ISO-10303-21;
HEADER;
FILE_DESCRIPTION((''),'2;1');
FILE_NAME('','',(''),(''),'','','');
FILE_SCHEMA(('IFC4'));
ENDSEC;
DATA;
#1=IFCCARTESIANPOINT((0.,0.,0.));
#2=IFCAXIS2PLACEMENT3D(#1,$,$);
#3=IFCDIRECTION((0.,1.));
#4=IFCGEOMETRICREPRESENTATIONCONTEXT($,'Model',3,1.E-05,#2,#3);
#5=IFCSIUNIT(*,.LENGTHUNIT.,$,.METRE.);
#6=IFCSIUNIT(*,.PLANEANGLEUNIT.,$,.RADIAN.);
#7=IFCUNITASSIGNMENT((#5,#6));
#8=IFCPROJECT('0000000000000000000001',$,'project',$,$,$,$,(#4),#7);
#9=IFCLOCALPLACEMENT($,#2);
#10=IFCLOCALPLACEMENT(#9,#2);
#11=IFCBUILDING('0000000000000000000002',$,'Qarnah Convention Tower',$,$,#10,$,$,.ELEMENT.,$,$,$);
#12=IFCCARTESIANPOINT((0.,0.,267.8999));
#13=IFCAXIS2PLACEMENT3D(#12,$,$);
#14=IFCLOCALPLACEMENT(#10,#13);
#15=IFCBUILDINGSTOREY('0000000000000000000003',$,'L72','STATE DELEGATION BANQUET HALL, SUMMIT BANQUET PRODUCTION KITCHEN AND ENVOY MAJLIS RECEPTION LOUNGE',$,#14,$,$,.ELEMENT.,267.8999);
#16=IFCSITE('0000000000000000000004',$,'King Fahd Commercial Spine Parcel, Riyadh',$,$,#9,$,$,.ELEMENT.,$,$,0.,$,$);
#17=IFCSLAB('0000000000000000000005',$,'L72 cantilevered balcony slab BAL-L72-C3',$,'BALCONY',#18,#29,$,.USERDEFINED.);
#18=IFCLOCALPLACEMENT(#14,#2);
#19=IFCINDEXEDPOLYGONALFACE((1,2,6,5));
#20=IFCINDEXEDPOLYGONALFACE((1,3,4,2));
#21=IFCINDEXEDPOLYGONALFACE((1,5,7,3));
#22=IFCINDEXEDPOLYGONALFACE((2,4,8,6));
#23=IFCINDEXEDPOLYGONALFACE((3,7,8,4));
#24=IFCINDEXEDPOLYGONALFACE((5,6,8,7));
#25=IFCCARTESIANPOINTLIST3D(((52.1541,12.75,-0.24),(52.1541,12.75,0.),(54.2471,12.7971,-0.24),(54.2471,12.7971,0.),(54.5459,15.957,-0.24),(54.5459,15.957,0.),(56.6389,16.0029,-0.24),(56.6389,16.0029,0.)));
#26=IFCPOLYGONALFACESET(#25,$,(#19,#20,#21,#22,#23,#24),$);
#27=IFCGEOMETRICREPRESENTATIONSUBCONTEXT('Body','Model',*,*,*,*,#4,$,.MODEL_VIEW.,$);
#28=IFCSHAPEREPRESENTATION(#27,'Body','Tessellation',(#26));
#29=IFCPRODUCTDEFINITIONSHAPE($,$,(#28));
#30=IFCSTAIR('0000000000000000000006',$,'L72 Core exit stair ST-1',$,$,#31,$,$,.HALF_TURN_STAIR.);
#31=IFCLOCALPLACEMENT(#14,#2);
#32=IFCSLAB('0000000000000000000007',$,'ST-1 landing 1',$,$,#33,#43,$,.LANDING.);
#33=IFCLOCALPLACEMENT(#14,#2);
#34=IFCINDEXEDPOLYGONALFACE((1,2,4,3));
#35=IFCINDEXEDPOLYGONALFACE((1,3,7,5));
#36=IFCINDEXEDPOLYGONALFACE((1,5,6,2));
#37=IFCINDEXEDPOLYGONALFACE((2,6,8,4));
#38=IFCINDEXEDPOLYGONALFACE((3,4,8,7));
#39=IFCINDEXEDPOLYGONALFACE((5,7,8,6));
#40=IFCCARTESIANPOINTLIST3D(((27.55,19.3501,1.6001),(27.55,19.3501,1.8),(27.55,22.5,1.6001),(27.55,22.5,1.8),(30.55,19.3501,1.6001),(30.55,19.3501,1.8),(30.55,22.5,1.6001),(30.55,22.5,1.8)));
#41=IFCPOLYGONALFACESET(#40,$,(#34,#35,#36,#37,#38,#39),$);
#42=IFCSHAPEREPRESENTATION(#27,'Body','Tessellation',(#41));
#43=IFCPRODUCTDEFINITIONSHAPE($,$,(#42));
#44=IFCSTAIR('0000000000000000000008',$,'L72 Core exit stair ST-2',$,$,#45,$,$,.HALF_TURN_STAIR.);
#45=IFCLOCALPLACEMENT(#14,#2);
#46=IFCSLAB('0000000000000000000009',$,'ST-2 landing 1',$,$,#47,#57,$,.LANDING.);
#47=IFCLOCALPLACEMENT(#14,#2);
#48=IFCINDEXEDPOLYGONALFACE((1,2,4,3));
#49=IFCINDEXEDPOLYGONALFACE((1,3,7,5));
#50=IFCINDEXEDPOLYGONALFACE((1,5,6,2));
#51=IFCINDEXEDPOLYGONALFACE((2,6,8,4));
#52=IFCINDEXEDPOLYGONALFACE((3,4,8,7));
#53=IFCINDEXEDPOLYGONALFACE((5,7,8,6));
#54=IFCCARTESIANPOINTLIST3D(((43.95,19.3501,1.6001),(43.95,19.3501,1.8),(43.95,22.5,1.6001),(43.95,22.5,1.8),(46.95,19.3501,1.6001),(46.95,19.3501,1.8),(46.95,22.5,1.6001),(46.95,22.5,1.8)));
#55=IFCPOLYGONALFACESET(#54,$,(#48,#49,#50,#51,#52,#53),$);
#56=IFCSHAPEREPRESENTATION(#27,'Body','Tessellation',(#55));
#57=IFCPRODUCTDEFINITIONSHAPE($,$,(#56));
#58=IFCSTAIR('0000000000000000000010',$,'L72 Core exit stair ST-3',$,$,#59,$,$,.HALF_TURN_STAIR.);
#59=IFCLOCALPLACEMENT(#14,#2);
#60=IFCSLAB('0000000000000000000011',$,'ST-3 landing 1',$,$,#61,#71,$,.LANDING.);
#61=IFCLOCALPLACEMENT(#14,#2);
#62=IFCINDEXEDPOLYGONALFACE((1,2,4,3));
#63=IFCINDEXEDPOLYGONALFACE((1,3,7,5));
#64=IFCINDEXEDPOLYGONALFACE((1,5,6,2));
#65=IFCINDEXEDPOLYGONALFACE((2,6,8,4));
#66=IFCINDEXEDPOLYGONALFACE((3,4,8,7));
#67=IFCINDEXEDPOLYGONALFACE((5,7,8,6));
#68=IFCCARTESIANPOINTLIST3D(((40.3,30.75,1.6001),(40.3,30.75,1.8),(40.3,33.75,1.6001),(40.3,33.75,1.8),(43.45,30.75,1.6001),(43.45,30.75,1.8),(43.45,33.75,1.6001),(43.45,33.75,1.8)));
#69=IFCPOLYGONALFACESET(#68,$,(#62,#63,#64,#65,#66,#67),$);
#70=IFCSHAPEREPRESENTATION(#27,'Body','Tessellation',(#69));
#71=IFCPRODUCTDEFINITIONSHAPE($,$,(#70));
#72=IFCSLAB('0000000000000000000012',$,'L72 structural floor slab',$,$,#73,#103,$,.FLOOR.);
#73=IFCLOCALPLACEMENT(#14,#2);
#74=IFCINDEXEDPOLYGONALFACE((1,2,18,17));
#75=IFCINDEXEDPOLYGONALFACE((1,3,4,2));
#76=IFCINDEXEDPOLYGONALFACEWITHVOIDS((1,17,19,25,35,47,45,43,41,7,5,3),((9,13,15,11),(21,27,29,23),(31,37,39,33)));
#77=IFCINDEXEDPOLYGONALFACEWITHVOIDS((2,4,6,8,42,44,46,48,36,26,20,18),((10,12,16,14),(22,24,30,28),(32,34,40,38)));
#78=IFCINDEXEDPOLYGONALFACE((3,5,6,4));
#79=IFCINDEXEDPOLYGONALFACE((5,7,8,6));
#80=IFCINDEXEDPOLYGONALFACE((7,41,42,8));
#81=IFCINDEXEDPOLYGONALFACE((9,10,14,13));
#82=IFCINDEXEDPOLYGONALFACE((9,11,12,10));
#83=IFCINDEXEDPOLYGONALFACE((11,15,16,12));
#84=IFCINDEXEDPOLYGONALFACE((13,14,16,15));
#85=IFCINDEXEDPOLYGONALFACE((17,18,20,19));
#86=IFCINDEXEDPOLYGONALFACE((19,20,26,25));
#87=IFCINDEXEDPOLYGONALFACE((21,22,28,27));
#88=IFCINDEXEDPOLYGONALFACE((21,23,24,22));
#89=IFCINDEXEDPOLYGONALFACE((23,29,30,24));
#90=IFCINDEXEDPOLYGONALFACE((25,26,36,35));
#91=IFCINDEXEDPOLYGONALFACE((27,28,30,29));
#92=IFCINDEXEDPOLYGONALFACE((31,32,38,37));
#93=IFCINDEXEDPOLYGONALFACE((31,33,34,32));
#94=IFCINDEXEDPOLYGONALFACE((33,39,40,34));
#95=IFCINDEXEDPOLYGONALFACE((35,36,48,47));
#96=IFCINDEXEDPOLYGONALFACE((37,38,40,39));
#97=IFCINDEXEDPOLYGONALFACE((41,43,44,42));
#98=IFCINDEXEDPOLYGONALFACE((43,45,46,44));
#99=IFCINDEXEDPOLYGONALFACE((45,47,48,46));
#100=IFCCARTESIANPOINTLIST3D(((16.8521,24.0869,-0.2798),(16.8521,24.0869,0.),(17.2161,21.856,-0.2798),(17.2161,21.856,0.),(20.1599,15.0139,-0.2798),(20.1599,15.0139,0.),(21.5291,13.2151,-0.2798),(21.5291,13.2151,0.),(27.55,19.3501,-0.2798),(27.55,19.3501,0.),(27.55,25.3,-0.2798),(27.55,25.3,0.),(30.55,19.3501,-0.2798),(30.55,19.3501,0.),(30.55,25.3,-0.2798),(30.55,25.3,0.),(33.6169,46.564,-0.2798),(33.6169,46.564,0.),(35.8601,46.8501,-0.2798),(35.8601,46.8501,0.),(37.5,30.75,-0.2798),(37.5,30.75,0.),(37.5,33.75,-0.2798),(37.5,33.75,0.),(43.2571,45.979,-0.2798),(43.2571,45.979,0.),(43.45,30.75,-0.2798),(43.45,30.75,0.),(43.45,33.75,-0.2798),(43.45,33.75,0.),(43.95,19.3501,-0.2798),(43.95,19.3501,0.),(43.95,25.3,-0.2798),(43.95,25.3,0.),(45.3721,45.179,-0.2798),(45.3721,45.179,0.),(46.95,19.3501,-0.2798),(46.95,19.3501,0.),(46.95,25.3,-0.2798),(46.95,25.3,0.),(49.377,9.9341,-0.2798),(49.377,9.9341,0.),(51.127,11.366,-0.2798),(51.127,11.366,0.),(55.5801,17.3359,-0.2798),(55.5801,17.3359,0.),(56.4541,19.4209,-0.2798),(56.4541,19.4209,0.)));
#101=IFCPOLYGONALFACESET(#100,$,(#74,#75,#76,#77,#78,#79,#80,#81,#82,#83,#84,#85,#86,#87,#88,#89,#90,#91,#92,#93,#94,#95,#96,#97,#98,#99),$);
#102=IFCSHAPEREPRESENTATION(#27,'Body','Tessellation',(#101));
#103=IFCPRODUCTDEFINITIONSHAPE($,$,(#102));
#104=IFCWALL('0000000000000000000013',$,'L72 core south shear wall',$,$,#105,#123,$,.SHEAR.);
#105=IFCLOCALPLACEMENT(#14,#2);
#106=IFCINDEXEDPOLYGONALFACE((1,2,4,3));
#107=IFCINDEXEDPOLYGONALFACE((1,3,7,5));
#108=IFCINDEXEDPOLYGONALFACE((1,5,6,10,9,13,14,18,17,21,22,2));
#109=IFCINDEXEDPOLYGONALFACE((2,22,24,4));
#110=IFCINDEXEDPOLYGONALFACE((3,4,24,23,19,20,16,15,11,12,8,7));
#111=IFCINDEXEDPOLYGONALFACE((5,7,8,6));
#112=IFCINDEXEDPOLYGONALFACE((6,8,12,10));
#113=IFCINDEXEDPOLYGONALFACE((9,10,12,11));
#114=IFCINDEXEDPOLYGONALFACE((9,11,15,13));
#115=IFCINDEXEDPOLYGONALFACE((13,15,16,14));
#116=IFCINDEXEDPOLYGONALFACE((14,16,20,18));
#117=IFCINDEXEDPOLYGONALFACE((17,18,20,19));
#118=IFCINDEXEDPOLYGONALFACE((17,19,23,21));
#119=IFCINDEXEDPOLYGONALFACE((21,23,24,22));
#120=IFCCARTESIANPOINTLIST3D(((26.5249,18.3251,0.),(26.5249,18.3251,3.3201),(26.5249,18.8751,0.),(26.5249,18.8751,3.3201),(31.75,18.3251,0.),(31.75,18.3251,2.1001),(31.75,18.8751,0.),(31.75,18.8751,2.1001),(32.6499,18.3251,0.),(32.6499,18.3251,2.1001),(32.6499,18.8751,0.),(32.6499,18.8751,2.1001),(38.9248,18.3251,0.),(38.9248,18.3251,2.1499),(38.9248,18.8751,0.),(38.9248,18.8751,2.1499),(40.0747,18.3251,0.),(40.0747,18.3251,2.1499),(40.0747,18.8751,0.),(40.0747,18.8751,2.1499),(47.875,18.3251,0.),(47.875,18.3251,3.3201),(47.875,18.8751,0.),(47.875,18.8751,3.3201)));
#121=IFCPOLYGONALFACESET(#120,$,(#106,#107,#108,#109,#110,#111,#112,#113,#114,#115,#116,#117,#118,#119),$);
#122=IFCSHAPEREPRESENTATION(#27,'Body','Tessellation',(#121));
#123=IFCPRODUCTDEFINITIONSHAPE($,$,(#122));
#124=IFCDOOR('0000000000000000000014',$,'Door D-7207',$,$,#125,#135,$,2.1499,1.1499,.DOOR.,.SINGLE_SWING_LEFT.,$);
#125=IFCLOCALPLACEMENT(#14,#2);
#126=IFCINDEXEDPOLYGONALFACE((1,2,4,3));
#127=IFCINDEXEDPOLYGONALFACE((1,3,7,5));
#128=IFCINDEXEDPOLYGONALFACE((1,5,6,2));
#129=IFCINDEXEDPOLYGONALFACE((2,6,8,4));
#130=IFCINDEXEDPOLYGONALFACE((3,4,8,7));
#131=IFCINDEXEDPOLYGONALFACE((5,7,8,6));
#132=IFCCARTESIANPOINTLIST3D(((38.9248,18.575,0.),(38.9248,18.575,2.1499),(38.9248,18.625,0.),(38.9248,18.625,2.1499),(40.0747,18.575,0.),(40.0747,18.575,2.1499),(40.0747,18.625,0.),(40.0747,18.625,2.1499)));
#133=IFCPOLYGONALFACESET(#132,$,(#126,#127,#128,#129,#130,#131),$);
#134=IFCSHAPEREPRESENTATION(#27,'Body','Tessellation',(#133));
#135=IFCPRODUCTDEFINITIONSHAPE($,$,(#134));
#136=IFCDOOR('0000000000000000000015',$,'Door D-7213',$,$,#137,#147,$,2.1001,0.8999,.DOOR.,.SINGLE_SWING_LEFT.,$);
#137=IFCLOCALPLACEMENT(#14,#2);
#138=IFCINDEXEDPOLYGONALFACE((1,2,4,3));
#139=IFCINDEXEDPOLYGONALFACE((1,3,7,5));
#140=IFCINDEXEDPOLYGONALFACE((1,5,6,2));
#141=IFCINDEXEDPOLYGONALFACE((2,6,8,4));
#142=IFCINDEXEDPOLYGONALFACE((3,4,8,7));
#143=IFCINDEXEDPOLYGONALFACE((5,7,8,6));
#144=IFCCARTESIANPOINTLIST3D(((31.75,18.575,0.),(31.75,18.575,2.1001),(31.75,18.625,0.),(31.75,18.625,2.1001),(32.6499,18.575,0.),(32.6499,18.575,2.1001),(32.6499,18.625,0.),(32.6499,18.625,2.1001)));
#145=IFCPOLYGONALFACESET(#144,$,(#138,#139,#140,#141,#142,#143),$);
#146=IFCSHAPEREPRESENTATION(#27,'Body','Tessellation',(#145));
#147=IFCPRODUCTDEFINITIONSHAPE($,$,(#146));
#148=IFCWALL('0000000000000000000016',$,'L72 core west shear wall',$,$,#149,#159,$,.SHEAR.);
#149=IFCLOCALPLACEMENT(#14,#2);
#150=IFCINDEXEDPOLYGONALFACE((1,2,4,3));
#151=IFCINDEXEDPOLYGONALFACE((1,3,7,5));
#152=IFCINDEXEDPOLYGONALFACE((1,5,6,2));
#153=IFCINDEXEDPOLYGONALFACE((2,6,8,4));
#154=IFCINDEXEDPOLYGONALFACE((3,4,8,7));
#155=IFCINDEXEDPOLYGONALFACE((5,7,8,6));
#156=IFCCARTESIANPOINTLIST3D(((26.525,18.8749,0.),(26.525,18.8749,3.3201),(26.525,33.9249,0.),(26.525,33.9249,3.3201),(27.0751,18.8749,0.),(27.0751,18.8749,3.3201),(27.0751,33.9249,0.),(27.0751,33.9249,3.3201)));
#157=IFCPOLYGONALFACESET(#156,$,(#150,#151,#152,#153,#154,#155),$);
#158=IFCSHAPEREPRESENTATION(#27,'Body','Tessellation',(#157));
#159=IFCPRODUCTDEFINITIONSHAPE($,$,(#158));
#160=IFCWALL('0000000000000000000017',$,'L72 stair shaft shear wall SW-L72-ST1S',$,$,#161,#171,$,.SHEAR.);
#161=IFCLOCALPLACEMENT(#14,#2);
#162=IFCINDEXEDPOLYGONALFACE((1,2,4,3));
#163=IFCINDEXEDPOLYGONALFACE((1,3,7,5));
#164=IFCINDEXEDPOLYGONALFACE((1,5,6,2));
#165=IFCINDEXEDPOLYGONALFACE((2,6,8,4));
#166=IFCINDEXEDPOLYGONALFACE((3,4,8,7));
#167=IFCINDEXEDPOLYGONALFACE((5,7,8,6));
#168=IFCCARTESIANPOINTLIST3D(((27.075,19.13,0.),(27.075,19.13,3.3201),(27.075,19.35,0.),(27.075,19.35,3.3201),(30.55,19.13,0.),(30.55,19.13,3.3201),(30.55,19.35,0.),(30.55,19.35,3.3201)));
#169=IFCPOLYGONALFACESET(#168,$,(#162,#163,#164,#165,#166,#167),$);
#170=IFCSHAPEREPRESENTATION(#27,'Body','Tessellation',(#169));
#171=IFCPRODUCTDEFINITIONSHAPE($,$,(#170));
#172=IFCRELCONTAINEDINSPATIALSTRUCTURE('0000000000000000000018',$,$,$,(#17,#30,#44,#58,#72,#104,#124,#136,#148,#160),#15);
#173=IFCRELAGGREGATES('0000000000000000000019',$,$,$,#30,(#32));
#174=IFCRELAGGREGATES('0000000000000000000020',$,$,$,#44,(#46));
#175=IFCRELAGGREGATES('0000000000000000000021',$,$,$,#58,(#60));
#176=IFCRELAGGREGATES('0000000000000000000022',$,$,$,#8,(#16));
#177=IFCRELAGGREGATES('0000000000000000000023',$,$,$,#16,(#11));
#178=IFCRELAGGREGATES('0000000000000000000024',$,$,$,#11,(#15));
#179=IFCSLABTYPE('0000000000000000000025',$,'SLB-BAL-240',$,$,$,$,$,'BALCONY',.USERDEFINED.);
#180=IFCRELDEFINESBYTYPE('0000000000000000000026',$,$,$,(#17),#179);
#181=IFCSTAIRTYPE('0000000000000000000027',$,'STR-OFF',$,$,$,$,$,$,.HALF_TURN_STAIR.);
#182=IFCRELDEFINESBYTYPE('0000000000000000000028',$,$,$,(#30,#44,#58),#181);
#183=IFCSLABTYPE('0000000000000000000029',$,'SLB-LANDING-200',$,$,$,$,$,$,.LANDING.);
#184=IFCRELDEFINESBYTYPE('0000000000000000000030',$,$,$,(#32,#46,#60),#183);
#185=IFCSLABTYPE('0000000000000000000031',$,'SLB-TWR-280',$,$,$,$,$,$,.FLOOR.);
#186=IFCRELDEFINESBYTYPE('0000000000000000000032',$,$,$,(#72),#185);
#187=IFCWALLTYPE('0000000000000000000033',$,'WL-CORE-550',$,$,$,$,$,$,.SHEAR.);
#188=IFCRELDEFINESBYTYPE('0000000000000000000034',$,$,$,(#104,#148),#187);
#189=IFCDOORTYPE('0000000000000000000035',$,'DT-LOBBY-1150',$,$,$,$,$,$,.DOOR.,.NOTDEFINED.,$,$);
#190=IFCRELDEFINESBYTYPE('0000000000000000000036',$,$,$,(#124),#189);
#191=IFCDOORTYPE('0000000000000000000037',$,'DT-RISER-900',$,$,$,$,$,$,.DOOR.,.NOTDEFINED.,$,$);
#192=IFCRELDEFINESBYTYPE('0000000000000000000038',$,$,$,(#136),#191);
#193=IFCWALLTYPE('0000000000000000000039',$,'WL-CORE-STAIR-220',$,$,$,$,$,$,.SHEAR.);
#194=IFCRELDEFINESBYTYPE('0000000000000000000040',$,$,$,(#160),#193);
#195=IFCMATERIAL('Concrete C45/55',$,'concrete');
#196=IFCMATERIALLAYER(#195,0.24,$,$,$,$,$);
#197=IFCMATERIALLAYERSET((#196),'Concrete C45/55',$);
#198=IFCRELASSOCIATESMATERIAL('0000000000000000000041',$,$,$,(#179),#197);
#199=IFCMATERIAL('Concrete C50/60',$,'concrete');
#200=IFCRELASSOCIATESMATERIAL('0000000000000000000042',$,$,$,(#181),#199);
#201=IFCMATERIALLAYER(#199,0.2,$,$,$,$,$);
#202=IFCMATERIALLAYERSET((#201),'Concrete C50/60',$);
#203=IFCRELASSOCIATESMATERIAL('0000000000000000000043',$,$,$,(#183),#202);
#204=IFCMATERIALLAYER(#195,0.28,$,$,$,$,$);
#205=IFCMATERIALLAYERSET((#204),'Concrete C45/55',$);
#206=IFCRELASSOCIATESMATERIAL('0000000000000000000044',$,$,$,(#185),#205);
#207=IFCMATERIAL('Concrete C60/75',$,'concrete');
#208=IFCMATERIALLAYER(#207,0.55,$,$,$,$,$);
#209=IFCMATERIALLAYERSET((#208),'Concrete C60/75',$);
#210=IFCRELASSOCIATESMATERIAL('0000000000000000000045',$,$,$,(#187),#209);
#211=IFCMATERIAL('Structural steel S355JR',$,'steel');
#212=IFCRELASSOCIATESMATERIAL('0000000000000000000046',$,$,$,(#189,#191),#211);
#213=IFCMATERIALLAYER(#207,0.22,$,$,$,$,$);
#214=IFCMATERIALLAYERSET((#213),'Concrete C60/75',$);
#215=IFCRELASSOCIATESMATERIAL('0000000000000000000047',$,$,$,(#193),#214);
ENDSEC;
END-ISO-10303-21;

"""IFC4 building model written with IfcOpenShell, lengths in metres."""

from ifc_helpers import new_model, si_unit, direction, frame, frame_2d, origin, place, context, subcontext, project, spatial, polyline, rectangle, outline, extrude, material, layer, layer_set, type_object, element, fill, aggregate, save


model = new_model("IFC4")

# Units and contexts
model_context = context("Model", 3, precision=1e-05, world=origin(), true_north=direction((0.0, 1.0)))
body_context = subcontext(model_context, "Body", "Model", "MODEL_VIEW")
ifc_project = project(units=[si_unit("LENGTHUNIT", "METRE"), si_unit("PLANEANGLEUNIT", "RADIAN")], contexts=[model_context])

# Site, building, storey
site_placement = place(None, origin())
site = spatial("IfcSite", under=ifc_project, at=site_placement, Name="King Fahd Commercial Spine Parcel, Riyadh", CompositionType="ELEMENT", RefElevation=0.0)
building_placement = place(site_placement, origin())
building = spatial("IfcBuilding", under=site, at=building_placement, Name="Qarnah Convention Tower", CompositionType="ELEMENT")
storey_placement = place(building_placement, frame((0.0, 0.0, 267.8999)))
storey = spatial("IfcBuildingStorey", under=building, at=storey_placement, Name="L72", Description="STATE DELEGATION BANQUET HALL, SUMMIT BANQUET PRODUCTION KITCHEN AND ENVOY MAJLIS RECEPTION LOUNGE", CompositionType="ELEMENT", Elevation=267.8999)

# Shared definitions
ifc_material_1 = material(Name="Concrete C50/60", Category="concrete")

# Shared definitions
ifc_material_2 = material(Name="Structural steel S355JR", Category="steel")

# Slab
ifc_material_3 = material(Name="Concrete C45/55", Category="concrete")
ifc_layer_1 = layer(ifc_material_3, 0.24)
ifc_layer_set_1 = layer_set([ifc_layer_1], Name="Concrete C45/55")
slab_type_1 = type_object("IfcSlabType", Name="SLB-BAL-240", ElementType="BALCONY", PredefinedType="USERDEFINED", material=ifc_layer_set_1)
slab_1_placement = place(storey_placement, frame((0.0, 0.0, -0.24)))
element("IfcSlab", 1, at=slab_1_placement, inside=storey, type_object=slab_type_1, Name="L72 cantilevered balcony slab BAL-L72-C3", ObjectType="BALCONY", PredefinedType="USERDEFINED", context=body_context, shape_type="SweptSolid", body=[
    extrude(outline(polyline([(56.6389, 16.0029), (54.2471, 12.7971), (52.1541, 12.75), (54.5459, 15.957), (56.6389, 16.0029)])), origin(), (0.0, 0.0, 1.0), 0.24),
])

# Stairs, slabs
stair_type = type_object("IfcStairType", Name="STR-OFF", PredefinedType="HALF_TURN_STAIR", material=ifc_material_1)
stair_1_placement = place(storey_placement, origin())
stair_1 = element("IfcStair", 2, at=stair_1_placement, inside=storey, type_object=stair_type, Name="L72 Core exit stair ST-1", PredefinedType="HALF_TURN_STAIR")
ifc_layer_2 = layer(ifc_material_1, 0.2)
ifc_layer_set_2 = layer_set([ifc_layer_2], Name="Concrete C50/60")
slab_type_2 = type_object("IfcSlabType", Name="SLB-LANDING-200", PredefinedType="LANDING", material=ifc_layer_set_2)
slab_2_placement = place(storey_placement, frame((0.0, 0.0, 1.6001)))
slab_2 = element("IfcSlab", 3, at=slab_2_placement, type_object=slab_type_2, Name="ST-1 landing 1", PredefinedType="LANDING", context=body_context, shape_type="SweptSolid", body=[
    extrude(outline(polyline([(27.55, 22.5), (27.55, 19.3501), (30.55, 19.3501), (30.55, 22.5), (27.55, 22.5)])), origin(), (0.0, 0.0, 1.0), 0.2),
])
aggregate(stair_1, [slab_2])
stair_2_placement = place(storey_placement, origin())
stair_2 = element("IfcStair", 4, at=stair_2_placement, inside=storey, type_object=stair_type, Name="L72 Core exit stair ST-2", PredefinedType="HALF_TURN_STAIR")
slab_3_placement = place(storey_placement, frame((0.0, 0.0, 1.6001)))
slab_3 = element("IfcSlab", 5, at=slab_3_placement, type_object=slab_type_2, Name="ST-2 landing 1", PredefinedType="LANDING", context=body_context, shape_type="SweptSolid", body=[
    extrude(outline(polyline([(43.95, 22.5), (43.95, 19.3501), (46.95, 19.3501), (46.95, 22.5), (43.95, 22.5)])), origin(), (0.0, 0.0, 1.0), 0.2),
])
aggregate(stair_2, [slab_3])
stair_3_placement = place(storey_placement, origin())
stair_3 = element("IfcStair", 6, at=stair_3_placement, inside=storey, type_object=stair_type, Name="L72 Core exit stair ST-3", PredefinedType="HALF_TURN_STAIR")
slab_4_placement = place(storey_placement, frame((0.0, 0.0, 1.6001)))
slab_4 = element("IfcSlab", 7, at=slab_4_placement, type_object=slab_type_2, Name="ST-3 landing 1", PredefinedType="LANDING", context=body_context, shape_type="SweptSolid", body=[
    extrude(outline(polyline([(40.3, 30.75), (43.45, 30.75), (43.45, 33.75), (40.3, 33.75), (40.3, 30.75)])), origin(), (0.0, 0.0, 1.0), 0.2),
])
aggregate(stair_3, [slab_4])

# Slab
ifc_layer_3 = layer(ifc_material_3, 0.28)
ifc_layer_set_3 = layer_set([ifc_layer_3], Name="Concrete C45/55")
slab_type_3 = type_object("IfcSlabType", Name="SLB-TWR-280", PredefinedType="FLOOR", material=ifc_layer_set_3)
slab_5_placement = place(storey_placement, frame((0.0, 0.0, -0.2798)))
element("IfcSlab", 8, at=slab_5_placement, inside=storey, type_object=slab_type_3, Name="L72 structural floor slab", PredefinedType="FLOOR", context=body_context, shape_type="SweptSolid", body=[
    extrude(outline(polyline([(33.6169, 46.564), (16.8521, 24.0869), (17.2161, 21.856), (20.1599, 15.0139), (21.5291, 13.2151), (49.377, 9.9341), (51.127, 11.366), (55.5801, 17.3359), (56.4541, 19.4209), (45.3721, 45.179), (43.2571, 45.979), (35.8601, 46.8501), (33.6169, 46.564)]), holes=[polyline([(27.55, 25.3), (27.55, 19.3501), (30.55, 19.3501), (30.55, 25.3), (27.55, 25.3)]), polyline([(43.95, 25.3), (43.95, 19.3501), (46.95, 19.3501), (46.95, 25.3), (43.95, 25.3)]), polyline([(37.5, 30.75), (43.45, 30.75), (43.45, 33.75), (37.5, 33.75), (37.5, 30.75)])]), origin(), (0.0, 0.0, 1.0), 0.2798),
])

# Wall, openings, doors
ifc_material_4 = material(Name="Concrete C60/75", Category="concrete")
ifc_layer_4 = layer(ifc_material_4, 0.55)
ifc_layer_set_4 = layer_set([ifc_layer_4], Name="Concrete C60/75")
wall_type_1 = type_object("IfcWallType", Name="WL-CORE-550", PredefinedType="SHEAR", material=ifc_layer_set_4)
wall_1_placement = place(storey_placement, frame((26.5249, 18.6001, 0.0), z_axis=(0.0, 0.0, 1.0), x_axis=(1.0, 0.0, 0.0)))
wall_1 = element("IfcWall", 9, at=wall_1_placement, inside=storey, type_object=wall_type_1, Name="L72 core south shear wall", PredefinedType="SHEAR", context=body_context, shape_type="SweptSolid", body=[
    extrude(rectangle(XDim=21.3501, YDim=0.55, at=frame_2d((10.675, 0.0))), origin(), (0.0, 0.0, 1.0), 3.3201),
])
opening_1_placement = place(wall_1_placement, frame((12.3999, 0.0, 0.0)))
opening_1 = element("IfcOpeningElement", 10, at=opening_1_placement, cuts=wall_1, PredefinedType="OPENING", context=body_context, shape_type="SweptSolid", body=[
    extrude(rectangle(XDim=1.1499, YDim=2.1499, at=frame_2d((0.575, 1.075))), frame((0.0, 0.2849, 0.0), z_axis=(0.0, -1.0, 0.0), x_axis=(1.0, 0.0, 0.0)), (0.0, 0.0, 1.0), 0.5701),
])
opening_2_placement = place(wall_1_placement, frame((5.2251, 0.0, 0.0)))
opening_2 = element("IfcOpeningElement", 11, at=opening_2_placement, cuts=wall_1, PredefinedType="OPENING", context=body_context, shape_type="SweptSolid", body=[
    extrude(rectangle(XDim=0.8999, YDim=2.1001, at=frame_2d((0.45, 1.05))), frame((0.0, 0.2849, 0.0), z_axis=(0.0, -1.0, 0.0), x_axis=(1.0, 0.0, 0.0)), (0.0, 0.0, 1.0), 0.5701),
])
door_type_1 = type_object("IfcDoorType", Name="DT-LOBBY-1150", OperationType="NOTDEFINED", PredefinedType="DOOR", material=ifc_material_2)
door_1_placement = place(opening_1_placement, origin())
door_1 = element("IfcDoor", 12, at=door_1_placement, inside=storey, type_object=door_type_1, Name="Door D-7207", OperationType="SINGLE_SWING_LEFT", OverallHeight=2.1499, OverallWidth=1.1499, PredefinedType="DOOR", context=body_context, shape_type="SweptSolid", body=[
    extrude(rectangle(XDim=1.1499, YDim=2.1499, at=frame_2d((0.575, 1.075))), frame((0.0, 0.0249, 0.0), z_axis=(0.0, -1.0, 0.0), x_axis=(1.0, 0.0, 0.0)), (0.0, 0.0, 1.0), 0.05),
])
fill(opening_1, door_1)
door_type_2 = type_object("IfcDoorType", Name="DT-RISER-900", OperationType="NOTDEFINED", PredefinedType="DOOR", material=ifc_material_2)
door_2_placement = place(opening_2_placement, origin())
door_2 = element("IfcDoor", 13, at=door_2_placement, inside=storey, type_object=door_type_2, Name="Door D-7213", OperationType="SINGLE_SWING_LEFT", OverallHeight=2.1001, OverallWidth=0.8999, PredefinedType="DOOR", context=body_context, shape_type="SweptSolid", body=[
    extrude(rectangle(XDim=0.8999, YDim=2.1001, at=frame_2d((0.45, 1.05))), frame((0.0, 0.0249, 0.0), z_axis=(0.0, -1.0, 0.0), x_axis=(1.0, 0.0, 0.0)), (0.0, 0.0, 1.0), 0.05),
])
fill(opening_2, door_2)

# Walls
wall_2_placement = place(storey_placement, frame((26.8, 18.875, 0.0), z_axis=(0.0, 0.0, 1.0), x_axis=(0.0, 1.0, 0.0)))
element("IfcWall", 14, at=wall_2_placement, inside=storey, type_object=wall_type_1, Name="L72 core west shear wall", PredefinedType="SHEAR", context=body_context, shape_type="SweptSolid", body=[
    extrude(rectangle(XDim=15.05, YDim=0.55, at=frame_2d((7.5249, 0.0))), origin(), (0.0, 0.0, 1.0), 3.3201),
])
ifc_layer_5 = layer(ifc_material_4, 0.22)
ifc_layer_set_5 = layer_set([ifc_layer_5], Name="Concrete C60/75")
wall_type_2 = type_object("IfcWallType", Name="WL-CORE-STAIR-220", PredefinedType="SHEAR", material=ifc_layer_set_5)
wall_3_placement = place(storey_placement, frame((27.075, 19.24, 0.0), z_axis=(0.0, 0.0, 1.0), x_axis=(1.0, 0.0, 0.0)))
element("IfcWall", 15, at=wall_3_placement, inside=storey, type_object=wall_type_2, Name="L72 stair shaft shear wall SW-L72-ST1S", PredefinedType="SHEAR", context=body_context, shape_type="SweptSolid", body=[
    extrude(rectangle(XDim=3.4751, YDim=0.22, at=frame_2d((1.7375, 0.0))), origin(), (0.0, 0.0, 1.0), 3.3201),
])

save(model, "model.ifc")
